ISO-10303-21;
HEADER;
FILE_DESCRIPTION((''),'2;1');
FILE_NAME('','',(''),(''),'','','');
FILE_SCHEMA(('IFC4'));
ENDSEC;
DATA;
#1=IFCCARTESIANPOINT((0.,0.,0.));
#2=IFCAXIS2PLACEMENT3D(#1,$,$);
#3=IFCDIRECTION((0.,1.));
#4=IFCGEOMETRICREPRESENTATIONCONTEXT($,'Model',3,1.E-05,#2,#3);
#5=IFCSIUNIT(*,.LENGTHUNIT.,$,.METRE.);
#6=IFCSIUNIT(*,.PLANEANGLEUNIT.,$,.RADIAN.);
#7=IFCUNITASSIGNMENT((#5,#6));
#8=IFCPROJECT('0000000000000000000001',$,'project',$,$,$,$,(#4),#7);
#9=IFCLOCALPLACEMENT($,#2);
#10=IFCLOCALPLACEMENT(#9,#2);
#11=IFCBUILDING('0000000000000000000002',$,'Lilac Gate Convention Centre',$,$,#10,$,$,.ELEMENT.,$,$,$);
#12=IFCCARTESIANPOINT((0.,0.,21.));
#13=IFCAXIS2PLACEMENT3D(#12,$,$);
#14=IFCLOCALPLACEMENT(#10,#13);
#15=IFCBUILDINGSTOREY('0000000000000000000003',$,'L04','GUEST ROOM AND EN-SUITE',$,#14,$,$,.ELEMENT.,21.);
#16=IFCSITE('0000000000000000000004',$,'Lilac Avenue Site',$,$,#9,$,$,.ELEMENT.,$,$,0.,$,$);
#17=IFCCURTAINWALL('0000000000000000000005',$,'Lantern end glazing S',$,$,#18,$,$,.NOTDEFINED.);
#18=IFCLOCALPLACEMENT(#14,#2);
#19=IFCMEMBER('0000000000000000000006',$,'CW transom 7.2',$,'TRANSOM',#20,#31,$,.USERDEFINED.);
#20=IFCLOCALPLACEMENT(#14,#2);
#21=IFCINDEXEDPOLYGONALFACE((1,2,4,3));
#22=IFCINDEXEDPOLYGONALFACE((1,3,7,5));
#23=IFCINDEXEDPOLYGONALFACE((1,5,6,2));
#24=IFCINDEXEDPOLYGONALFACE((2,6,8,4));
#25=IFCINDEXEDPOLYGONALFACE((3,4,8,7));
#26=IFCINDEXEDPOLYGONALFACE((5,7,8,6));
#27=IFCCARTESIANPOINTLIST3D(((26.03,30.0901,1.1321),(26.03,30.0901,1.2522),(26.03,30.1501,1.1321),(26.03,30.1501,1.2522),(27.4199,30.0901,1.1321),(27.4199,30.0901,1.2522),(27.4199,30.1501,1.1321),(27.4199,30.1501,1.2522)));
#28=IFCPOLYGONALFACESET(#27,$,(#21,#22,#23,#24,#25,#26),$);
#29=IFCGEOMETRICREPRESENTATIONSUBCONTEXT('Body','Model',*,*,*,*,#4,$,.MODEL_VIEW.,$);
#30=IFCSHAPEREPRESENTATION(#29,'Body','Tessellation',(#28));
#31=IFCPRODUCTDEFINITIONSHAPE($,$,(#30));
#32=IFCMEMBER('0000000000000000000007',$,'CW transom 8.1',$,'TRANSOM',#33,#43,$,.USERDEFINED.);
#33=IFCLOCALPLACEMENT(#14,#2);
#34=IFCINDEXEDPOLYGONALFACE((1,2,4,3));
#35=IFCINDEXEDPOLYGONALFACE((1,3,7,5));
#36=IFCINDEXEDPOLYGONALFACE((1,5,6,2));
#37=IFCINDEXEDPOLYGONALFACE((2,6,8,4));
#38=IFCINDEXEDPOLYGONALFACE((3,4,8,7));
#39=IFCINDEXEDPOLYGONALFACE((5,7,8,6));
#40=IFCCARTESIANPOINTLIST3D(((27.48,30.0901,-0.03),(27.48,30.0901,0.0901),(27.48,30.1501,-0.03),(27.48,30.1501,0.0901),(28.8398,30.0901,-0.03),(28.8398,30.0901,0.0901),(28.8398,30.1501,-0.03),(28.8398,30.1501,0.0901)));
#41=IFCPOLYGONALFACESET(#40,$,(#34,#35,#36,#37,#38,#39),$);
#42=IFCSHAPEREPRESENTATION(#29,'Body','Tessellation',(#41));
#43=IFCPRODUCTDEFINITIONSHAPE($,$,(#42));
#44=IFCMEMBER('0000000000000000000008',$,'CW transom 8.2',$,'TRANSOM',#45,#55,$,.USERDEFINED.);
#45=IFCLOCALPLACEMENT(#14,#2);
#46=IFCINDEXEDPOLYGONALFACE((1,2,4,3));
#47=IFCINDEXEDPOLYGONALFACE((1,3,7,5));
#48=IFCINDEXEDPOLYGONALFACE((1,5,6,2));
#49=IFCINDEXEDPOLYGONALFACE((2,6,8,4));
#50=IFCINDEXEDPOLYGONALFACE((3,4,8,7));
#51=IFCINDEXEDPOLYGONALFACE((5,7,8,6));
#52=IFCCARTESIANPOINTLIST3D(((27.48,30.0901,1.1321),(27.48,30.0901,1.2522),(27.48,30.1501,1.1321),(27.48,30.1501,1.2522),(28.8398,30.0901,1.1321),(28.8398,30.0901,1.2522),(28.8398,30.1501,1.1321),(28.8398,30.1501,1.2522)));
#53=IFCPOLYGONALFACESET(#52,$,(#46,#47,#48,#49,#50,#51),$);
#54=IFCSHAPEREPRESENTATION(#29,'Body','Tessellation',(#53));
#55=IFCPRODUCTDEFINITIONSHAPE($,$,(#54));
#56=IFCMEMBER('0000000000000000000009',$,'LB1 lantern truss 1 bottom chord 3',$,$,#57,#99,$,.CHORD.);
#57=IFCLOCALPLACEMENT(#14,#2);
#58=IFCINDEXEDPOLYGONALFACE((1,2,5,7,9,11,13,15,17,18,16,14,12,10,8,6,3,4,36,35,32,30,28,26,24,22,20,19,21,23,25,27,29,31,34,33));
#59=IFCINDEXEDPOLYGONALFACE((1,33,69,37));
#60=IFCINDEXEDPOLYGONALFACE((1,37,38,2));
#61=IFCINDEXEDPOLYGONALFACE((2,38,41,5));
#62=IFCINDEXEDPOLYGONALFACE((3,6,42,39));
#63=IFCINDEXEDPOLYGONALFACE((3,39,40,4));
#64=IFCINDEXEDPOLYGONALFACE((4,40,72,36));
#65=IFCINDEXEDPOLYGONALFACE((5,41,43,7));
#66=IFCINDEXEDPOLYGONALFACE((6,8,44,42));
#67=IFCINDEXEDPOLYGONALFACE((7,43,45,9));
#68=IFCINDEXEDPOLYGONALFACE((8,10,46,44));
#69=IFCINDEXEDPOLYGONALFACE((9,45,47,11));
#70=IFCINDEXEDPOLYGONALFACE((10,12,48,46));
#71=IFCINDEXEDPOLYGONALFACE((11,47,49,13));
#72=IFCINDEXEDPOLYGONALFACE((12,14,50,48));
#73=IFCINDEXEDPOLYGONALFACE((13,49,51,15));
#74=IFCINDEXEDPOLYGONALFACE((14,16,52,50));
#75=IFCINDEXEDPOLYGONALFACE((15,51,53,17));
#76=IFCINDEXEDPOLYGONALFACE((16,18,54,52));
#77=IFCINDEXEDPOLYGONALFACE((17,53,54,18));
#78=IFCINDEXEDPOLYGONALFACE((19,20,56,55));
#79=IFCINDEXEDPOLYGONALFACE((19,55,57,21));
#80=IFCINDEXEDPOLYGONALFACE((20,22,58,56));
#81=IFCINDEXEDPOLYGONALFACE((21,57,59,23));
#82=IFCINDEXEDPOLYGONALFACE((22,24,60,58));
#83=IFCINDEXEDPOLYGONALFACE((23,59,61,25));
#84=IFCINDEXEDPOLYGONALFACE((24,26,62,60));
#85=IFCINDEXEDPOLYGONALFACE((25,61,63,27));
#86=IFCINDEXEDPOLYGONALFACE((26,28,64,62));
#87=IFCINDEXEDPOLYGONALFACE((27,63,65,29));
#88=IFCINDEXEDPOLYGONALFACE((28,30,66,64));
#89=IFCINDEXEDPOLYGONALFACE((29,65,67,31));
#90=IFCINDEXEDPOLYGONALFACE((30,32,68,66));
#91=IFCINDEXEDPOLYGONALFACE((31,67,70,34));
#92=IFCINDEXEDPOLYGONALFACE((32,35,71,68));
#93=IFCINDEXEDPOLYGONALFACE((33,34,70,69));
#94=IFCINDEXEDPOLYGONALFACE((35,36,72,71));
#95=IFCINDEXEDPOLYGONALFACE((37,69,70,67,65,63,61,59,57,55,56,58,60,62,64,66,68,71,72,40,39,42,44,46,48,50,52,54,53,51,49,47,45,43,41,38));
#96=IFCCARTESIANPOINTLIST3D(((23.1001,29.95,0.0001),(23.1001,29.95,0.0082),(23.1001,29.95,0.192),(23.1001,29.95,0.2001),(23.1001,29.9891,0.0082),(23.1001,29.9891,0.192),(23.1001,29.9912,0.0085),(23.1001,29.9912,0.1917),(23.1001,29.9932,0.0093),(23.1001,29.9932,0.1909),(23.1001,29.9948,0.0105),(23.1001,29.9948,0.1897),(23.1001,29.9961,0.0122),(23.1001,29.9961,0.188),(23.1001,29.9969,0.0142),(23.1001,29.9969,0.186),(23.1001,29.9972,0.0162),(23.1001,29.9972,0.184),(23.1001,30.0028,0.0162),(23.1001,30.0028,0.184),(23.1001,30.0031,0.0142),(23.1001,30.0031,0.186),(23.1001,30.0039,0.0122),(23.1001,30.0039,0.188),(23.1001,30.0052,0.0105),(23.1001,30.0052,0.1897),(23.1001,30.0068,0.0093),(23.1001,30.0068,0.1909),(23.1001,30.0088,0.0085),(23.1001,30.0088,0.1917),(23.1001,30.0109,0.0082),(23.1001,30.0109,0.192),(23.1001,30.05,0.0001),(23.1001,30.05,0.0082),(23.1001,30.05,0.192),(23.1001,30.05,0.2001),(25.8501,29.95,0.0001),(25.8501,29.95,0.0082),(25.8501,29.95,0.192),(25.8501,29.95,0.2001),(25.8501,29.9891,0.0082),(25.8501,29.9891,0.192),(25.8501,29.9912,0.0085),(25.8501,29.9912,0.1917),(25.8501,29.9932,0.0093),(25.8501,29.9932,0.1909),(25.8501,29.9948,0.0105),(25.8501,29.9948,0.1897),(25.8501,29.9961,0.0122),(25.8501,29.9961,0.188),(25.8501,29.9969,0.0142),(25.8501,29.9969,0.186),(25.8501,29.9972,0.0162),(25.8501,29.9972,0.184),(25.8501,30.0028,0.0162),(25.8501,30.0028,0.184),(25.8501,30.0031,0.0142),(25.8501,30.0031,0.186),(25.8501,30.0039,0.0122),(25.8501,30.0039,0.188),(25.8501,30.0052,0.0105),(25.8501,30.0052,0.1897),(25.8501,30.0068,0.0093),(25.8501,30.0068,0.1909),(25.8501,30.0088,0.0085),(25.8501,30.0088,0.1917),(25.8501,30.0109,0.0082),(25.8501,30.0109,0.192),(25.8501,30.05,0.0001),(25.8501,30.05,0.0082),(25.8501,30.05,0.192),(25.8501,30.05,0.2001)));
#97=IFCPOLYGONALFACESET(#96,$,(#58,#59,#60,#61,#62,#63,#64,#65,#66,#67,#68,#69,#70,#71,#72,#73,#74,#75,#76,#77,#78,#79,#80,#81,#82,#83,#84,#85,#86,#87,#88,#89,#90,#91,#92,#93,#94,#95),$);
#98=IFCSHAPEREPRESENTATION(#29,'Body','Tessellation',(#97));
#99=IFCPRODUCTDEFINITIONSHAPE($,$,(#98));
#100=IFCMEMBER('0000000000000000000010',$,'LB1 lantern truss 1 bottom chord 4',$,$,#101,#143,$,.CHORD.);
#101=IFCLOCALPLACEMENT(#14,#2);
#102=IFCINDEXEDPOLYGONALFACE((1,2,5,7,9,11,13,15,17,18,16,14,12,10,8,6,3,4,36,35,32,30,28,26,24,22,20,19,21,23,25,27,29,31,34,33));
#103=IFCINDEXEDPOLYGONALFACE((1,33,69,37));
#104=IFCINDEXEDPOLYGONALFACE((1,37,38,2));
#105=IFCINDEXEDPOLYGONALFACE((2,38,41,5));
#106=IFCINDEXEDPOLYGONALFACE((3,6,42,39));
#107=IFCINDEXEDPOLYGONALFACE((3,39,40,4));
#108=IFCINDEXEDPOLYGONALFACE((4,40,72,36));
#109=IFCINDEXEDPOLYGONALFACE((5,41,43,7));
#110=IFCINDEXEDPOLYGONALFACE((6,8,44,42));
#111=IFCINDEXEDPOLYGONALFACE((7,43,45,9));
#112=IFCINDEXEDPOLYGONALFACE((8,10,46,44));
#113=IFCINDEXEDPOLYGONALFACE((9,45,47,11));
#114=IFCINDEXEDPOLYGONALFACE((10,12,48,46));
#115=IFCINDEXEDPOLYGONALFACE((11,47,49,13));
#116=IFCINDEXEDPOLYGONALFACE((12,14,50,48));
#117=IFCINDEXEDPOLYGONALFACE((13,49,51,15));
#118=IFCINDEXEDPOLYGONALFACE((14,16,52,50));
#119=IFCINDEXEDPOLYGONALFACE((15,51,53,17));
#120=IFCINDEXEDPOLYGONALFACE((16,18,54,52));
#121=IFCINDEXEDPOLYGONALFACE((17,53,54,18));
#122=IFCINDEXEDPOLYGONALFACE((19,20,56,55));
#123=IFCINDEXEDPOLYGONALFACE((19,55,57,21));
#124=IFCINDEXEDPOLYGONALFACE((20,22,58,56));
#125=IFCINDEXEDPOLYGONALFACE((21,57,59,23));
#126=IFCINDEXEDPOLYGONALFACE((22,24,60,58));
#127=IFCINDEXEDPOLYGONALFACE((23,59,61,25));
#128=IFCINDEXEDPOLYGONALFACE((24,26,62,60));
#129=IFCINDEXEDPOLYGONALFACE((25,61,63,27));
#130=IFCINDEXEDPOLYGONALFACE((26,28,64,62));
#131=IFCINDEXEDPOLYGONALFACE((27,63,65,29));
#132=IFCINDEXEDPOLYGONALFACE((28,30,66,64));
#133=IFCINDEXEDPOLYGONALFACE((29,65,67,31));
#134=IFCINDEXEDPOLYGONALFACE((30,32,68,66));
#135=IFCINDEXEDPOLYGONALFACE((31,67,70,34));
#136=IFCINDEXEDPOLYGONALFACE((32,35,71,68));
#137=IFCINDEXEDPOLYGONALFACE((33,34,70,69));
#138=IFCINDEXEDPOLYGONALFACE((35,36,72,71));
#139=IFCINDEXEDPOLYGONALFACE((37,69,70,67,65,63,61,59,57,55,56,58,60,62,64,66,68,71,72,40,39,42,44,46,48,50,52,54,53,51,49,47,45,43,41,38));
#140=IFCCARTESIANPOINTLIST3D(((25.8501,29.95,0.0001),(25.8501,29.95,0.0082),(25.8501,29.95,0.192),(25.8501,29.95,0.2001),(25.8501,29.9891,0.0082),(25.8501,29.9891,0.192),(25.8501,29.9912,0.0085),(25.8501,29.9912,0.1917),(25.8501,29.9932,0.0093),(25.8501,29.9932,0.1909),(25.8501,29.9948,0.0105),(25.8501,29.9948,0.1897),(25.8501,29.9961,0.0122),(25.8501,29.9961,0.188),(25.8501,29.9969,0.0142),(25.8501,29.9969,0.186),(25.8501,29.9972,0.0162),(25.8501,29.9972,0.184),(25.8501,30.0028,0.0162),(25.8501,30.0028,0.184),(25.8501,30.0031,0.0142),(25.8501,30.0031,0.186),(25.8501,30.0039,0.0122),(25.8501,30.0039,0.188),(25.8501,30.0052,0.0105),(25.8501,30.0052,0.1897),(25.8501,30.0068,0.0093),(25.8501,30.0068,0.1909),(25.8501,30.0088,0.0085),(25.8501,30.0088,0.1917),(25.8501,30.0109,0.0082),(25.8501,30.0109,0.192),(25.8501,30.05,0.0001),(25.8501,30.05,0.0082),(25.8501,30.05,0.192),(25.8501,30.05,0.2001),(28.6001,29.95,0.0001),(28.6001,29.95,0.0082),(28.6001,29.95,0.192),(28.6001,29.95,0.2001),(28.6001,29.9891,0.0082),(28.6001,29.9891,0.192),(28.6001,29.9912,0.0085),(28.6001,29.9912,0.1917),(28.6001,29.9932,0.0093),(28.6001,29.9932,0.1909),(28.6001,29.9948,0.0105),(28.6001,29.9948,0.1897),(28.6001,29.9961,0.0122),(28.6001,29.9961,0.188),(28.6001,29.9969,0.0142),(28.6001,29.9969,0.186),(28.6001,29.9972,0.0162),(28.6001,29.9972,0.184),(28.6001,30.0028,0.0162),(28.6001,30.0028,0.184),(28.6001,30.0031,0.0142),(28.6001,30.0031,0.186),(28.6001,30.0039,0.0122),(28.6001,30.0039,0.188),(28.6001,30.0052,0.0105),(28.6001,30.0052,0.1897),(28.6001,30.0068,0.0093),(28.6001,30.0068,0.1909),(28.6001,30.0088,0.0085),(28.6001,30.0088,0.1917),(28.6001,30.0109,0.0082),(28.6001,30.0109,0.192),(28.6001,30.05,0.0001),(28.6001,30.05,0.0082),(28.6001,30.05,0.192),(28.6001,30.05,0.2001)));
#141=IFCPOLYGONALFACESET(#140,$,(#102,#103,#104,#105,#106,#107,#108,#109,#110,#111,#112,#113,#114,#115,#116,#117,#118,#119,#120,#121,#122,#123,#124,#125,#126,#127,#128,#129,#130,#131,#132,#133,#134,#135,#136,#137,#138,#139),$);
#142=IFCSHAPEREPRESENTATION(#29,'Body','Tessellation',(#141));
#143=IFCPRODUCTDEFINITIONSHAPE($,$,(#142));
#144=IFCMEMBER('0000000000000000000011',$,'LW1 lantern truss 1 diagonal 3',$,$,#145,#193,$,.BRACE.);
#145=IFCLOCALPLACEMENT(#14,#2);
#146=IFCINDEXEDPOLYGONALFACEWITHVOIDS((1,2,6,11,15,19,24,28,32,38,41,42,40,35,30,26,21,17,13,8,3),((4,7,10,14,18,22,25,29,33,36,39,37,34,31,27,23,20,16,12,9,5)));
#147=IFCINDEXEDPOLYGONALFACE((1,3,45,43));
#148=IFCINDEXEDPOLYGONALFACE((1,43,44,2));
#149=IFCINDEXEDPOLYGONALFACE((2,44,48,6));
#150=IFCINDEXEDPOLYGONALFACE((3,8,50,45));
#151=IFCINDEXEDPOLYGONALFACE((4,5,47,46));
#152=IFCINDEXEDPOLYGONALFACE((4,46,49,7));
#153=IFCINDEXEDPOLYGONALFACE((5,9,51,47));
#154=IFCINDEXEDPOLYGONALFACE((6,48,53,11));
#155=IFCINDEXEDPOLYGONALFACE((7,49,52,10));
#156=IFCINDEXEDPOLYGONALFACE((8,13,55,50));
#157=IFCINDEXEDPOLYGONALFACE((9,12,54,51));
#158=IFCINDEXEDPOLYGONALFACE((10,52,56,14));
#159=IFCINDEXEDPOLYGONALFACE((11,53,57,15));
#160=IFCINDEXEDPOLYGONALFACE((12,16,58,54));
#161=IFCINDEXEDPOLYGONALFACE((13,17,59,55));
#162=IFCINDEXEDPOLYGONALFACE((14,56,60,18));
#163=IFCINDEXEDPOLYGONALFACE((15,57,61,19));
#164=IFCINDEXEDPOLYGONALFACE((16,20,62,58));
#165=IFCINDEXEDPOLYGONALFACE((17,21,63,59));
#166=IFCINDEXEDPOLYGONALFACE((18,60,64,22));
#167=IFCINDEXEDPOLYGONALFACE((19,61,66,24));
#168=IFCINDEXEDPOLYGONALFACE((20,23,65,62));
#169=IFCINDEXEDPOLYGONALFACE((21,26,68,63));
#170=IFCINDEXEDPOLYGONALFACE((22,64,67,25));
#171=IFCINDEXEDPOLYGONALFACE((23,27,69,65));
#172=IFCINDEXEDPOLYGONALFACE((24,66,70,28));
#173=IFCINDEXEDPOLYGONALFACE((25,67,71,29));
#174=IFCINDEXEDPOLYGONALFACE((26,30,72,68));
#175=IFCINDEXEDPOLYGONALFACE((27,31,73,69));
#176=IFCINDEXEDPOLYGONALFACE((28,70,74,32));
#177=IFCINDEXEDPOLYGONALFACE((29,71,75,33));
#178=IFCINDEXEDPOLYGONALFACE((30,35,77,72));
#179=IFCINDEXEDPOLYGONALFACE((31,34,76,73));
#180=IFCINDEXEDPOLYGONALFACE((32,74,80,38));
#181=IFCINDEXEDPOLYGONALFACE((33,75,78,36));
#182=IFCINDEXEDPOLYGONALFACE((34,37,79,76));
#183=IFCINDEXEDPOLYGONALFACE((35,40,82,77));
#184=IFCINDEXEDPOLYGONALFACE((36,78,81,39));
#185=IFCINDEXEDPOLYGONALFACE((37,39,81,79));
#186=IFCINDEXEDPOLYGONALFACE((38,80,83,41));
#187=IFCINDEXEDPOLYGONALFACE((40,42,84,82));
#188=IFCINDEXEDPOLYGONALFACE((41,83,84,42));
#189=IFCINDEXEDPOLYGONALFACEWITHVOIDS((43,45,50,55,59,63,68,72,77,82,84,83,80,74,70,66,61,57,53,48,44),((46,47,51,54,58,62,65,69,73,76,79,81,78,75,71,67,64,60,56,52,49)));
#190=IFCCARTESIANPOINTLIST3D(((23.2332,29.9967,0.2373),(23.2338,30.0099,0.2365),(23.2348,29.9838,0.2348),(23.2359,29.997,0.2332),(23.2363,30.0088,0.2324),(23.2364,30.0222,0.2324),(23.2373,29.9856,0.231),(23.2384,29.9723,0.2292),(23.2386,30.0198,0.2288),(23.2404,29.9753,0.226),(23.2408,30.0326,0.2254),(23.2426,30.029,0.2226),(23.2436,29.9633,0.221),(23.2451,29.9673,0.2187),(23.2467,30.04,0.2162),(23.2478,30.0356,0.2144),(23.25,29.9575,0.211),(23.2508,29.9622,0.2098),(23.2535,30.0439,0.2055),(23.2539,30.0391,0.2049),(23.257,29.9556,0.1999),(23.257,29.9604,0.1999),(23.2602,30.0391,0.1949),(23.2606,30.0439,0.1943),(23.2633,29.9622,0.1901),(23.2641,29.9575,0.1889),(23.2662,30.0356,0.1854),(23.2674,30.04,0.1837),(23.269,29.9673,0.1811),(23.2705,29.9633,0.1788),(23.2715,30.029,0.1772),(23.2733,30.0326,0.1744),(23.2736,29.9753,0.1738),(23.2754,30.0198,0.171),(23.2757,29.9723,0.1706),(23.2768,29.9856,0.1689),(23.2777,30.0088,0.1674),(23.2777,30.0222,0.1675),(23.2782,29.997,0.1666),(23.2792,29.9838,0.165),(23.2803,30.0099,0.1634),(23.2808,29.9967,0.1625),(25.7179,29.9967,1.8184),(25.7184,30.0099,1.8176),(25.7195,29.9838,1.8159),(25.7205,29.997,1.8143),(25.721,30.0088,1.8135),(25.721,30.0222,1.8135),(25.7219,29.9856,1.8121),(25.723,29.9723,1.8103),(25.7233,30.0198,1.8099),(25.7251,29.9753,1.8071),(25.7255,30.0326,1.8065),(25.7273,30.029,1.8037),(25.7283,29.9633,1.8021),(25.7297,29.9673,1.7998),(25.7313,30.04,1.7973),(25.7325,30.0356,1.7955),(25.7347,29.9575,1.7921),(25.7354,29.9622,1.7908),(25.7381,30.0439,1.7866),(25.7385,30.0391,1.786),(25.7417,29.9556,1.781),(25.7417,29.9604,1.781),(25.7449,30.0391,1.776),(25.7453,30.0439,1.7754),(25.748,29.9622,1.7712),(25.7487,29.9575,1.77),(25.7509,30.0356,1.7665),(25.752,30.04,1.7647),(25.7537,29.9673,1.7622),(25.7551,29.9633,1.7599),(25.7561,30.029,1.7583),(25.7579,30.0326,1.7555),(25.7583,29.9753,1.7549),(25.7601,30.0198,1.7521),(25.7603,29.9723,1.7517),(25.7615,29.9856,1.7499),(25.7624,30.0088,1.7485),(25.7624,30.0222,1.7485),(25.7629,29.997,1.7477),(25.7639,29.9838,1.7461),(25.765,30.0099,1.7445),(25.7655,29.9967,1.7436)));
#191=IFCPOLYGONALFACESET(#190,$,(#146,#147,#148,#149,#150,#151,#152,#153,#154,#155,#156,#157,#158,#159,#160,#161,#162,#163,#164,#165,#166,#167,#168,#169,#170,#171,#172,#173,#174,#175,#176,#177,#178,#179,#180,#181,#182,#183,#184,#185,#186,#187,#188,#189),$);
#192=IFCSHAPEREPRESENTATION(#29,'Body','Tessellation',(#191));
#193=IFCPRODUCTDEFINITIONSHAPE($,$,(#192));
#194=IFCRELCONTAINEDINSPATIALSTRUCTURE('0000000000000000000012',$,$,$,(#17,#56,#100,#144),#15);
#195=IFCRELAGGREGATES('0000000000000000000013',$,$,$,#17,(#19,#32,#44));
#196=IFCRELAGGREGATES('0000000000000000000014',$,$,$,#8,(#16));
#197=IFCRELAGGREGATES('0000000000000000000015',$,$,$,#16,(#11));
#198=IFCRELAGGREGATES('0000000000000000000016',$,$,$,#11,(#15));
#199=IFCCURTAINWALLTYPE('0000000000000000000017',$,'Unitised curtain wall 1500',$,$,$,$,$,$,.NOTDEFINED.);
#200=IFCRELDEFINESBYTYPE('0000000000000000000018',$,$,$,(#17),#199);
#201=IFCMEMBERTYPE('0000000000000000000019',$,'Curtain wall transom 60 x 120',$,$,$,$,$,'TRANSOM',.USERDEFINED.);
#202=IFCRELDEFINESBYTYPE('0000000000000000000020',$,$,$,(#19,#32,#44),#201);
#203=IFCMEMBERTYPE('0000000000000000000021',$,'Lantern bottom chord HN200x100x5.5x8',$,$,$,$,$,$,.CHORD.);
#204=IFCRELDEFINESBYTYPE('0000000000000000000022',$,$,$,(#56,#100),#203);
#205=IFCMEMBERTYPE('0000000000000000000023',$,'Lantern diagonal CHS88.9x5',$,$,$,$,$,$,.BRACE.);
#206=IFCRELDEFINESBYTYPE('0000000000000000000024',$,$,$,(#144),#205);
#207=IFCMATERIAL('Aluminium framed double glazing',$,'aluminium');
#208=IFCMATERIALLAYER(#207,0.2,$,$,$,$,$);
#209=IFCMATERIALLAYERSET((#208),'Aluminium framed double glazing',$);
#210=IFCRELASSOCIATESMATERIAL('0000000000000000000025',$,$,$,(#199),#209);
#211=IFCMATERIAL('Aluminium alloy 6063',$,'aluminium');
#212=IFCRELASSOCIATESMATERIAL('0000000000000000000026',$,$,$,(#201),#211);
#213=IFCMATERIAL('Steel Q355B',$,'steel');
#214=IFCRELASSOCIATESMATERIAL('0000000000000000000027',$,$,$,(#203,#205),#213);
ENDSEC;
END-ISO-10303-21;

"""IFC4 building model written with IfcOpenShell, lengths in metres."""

from ifc_helpers import new_model, si_unit, direction, frame, origin, origin_2d, place, context, subcontext, project, spatial, rectangle, hollow_circle, i_section, extrude, material, layer, layer_set, material_profile, profile_set, type_object, element, aggregate, save


model = new_model("IFC4")

# Units and contexts
model_context = context("Model", 3, precision=1e-05, world=origin(), true_north=direction((0.0, 1.0)))
body_context = subcontext(model_context, "Body", "Model", "MODEL_VIEW")
ifc_project = project(units=[si_unit("LENGTHUNIT", "METRE"), si_unit("PLANEANGLEUNIT", "RADIAN")], contexts=[model_context])

# Site, building, storey
site_placement = place(None, origin())
site = spatial("IfcSite", under=ifc_project, at=site_placement, Name="Lilac Avenue Site", CompositionType="ELEMENT", RefElevation=0.0)
building_placement = place(site_placement, origin())
building = spatial("IfcBuilding", under=site, at=building_placement, Name="Lilac Gate Convention Centre", CompositionType="ELEMENT")
storey_placement = place(building_placement, frame((0.0, 0.0, 21.0)))
storey = spatial("IfcBuildingStorey", under=building, at=storey_placement, Name="L04", Description="GUEST ROOM AND EN-SUITE", CompositionType="ELEMENT", Elevation=21.0)

# Curtain wall
ifc_material_1 = material(Name="Aluminium framed double glazing", Category="aluminium")
ifc_layer_1 = layer(ifc_material_1, 0.2)
ifc_layer_set_1 = layer_set([ifc_layer_1], Name="Aluminium framed double glazing")
curtain_wall_type = type_object("IfcCurtainWallType", Name="Unitised curtain wall 1500", PredefinedType="NOTDEFINED", material=ifc_layer_set_1)
ifc_material_2 = material(Name="Aluminium alloy 6063", Category="aluminium")
curtain_wall_1_placement = place(storey_placement, origin())
curtain_wall_1 = element("IfcCurtainWall", 1, at=curtain_wall_1_placement, inside=storey, type_object=curtain_wall_type, Name="Lantern end glazing S", PredefinedType="NOTDEFINED")

# Members
ifc_material_profile_1 = material_profile(ifc_material_2, rectangle(XDim=0.0601, YDim=0.1201, at=origin_2d()), Name="Curtain wall transom 60 x 120")
ifc_profile_set_1 = profile_set([ifc_material_profile_1], Name="Aluminium alloy 6063")
member_type_1 = type_object("IfcMemberType", Name="Curtain wall transom 60 x 120", ElementType="TRANSOM", PredefinedType="USERDEFINED", material=ifc_profile_set_1)
member_1_placement = place(storey_placement, frame((26.03, 30.1201, 1.1921), z_axis=(1.0, 0.0, 0.0), x_axis=(0.0, 1.0, 0.0)))
member_1 = element("IfcMember", 2, at=member_1_placement, type_object=member_type_1, Name="CW transom 7.2", ObjectType="TRANSOM", PredefinedType="USERDEFINED", context=body_context, shape_type="SweptSolid", body=[
    extrude(rectangle(XDim=0.0601, YDim=0.1201, at=origin_2d()), origin(), (0.0, 0.0, 1.0), 1.3899),
])
member_2_placement = place(storey_placement, frame((27.48, 30.1201, 0.03), z_axis=(1.0, 0.0, 0.0), x_axis=(0.0, 1.0, 0.0)))
member_2 = element("IfcMember", 3, at=member_2_placement, type_object=member_type_1, Name="CW transom 8.1", ObjectType="TRANSOM", PredefinedType="USERDEFINED", context=body_context, shape_type="SweptSolid", body=[
    extrude(rectangle(XDim=0.0601, YDim=0.1201, at=origin_2d()), origin(), (0.0, 0.0, 1.0), 1.3599),
])
member_3_placement = place(storey_placement, frame((27.48, 30.1201, 1.1921), z_axis=(1.0, 0.0, 0.0), x_axis=(0.0, 1.0, 0.0)))
member_3 = element("IfcMember", 4, at=member_3_placement, type_object=member_type_1, Name="CW transom 8.2", ObjectType="TRANSOM", PredefinedType="USERDEFINED", context=body_context, shape_type="SweptSolid", body=[
    extrude(rectangle(XDim=0.0601, YDim=0.1201, at=origin_2d()), origin(), (0.0, 0.0, 1.0), 1.3599),
])

# Members
ifc_material_3 = material(Name="Steel Q355B", Category="steel")
ifc_material_profile_2 = material_profile(ifc_material_3, i_section(OverallWidth=0.1001, OverallDepth=0.2, WebThickness=0.0056, FlangeThickness=0.0081, FilletRadius=0.0081, at=origin_2d()), Name="HN200x100x5.5x8")
ifc_profile_set_2 = profile_set([ifc_material_profile_2], Name="Steel Q355B")
member_type_2 = type_object("IfcMemberType", Name="Lantern bottom chord HN200x100x5.5x8", PredefinedType="CHORD", material=ifc_profile_set_2)
for number, where, z_axis, x_axis, name in (
    (5, (23.1001, 30.0, 0.1001), (1.0, 0.0, 0.0), (0.0, 1.0, 0.0), "LB1 lantern truss 1 bottom chord 3"),
    (6, (25.8501, 30.0, 0.1001), (1.0, 0.0, 0.0), (0.0, 1.0, 0.0), "LB1 lantern truss 1 bottom chord 4"),
):
    element("IfcMember", number, at=place(storey_placement, frame(where, z_axis=z_axis, x_axis=x_axis)), inside=storey, type_object=member_type_2, Name=name, PredefinedType="CHORD", context=body_context, shape_type="SweptSolid", body=[
        extrude(i_section(OverallWidth=0.1001, OverallDepth=0.2, WebThickness=0.0056, FlangeThickness=0.0081, FilletRadius=0.0081, at=origin_2d()), origin(), (0.0, 0.0, 1.0), 2.75),
    ])
ifc_material_profile_3 = material_profile(ifc_material_3, hollow_circle(Radius=0.0444, WallThickness=0.0049, at=origin_2d()), Name="CHS88.9x5")
ifc_profile_set_3 = profile_set([ifc_material_profile_3], Name="Steel Q355B")
member_type_3 = type_object("IfcMemberType", Name="Lantern diagonal CHS88.9x5", PredefinedType="BRACE", material=ifc_profile_set_3)
member_4_placement = place(storey_placement, frame((25.7417, 30.0, 1.781), z_axis=(-0.843672, 0.0, -0.536859), x_axis=(0.0, -1.0, 0.0)))
element("IfcMember", 7, at=member_4_placement, inside=storey, type_object=member_type_3, Name="LW1 lantern truss 1 diagonal 3", PredefinedType="BRACE", context=body_context, shape_type="SweptSolid", body=[
    extrude(hollow_circle(Radius=0.0444, WallThickness=0.0049, at=origin_2d()), origin(), (0.0, 0.0, 1.0), 2.9451),
])

aggregate(curtain_wall_1, [member_1, member_2, member_3])

save(model, "model.ifc")
